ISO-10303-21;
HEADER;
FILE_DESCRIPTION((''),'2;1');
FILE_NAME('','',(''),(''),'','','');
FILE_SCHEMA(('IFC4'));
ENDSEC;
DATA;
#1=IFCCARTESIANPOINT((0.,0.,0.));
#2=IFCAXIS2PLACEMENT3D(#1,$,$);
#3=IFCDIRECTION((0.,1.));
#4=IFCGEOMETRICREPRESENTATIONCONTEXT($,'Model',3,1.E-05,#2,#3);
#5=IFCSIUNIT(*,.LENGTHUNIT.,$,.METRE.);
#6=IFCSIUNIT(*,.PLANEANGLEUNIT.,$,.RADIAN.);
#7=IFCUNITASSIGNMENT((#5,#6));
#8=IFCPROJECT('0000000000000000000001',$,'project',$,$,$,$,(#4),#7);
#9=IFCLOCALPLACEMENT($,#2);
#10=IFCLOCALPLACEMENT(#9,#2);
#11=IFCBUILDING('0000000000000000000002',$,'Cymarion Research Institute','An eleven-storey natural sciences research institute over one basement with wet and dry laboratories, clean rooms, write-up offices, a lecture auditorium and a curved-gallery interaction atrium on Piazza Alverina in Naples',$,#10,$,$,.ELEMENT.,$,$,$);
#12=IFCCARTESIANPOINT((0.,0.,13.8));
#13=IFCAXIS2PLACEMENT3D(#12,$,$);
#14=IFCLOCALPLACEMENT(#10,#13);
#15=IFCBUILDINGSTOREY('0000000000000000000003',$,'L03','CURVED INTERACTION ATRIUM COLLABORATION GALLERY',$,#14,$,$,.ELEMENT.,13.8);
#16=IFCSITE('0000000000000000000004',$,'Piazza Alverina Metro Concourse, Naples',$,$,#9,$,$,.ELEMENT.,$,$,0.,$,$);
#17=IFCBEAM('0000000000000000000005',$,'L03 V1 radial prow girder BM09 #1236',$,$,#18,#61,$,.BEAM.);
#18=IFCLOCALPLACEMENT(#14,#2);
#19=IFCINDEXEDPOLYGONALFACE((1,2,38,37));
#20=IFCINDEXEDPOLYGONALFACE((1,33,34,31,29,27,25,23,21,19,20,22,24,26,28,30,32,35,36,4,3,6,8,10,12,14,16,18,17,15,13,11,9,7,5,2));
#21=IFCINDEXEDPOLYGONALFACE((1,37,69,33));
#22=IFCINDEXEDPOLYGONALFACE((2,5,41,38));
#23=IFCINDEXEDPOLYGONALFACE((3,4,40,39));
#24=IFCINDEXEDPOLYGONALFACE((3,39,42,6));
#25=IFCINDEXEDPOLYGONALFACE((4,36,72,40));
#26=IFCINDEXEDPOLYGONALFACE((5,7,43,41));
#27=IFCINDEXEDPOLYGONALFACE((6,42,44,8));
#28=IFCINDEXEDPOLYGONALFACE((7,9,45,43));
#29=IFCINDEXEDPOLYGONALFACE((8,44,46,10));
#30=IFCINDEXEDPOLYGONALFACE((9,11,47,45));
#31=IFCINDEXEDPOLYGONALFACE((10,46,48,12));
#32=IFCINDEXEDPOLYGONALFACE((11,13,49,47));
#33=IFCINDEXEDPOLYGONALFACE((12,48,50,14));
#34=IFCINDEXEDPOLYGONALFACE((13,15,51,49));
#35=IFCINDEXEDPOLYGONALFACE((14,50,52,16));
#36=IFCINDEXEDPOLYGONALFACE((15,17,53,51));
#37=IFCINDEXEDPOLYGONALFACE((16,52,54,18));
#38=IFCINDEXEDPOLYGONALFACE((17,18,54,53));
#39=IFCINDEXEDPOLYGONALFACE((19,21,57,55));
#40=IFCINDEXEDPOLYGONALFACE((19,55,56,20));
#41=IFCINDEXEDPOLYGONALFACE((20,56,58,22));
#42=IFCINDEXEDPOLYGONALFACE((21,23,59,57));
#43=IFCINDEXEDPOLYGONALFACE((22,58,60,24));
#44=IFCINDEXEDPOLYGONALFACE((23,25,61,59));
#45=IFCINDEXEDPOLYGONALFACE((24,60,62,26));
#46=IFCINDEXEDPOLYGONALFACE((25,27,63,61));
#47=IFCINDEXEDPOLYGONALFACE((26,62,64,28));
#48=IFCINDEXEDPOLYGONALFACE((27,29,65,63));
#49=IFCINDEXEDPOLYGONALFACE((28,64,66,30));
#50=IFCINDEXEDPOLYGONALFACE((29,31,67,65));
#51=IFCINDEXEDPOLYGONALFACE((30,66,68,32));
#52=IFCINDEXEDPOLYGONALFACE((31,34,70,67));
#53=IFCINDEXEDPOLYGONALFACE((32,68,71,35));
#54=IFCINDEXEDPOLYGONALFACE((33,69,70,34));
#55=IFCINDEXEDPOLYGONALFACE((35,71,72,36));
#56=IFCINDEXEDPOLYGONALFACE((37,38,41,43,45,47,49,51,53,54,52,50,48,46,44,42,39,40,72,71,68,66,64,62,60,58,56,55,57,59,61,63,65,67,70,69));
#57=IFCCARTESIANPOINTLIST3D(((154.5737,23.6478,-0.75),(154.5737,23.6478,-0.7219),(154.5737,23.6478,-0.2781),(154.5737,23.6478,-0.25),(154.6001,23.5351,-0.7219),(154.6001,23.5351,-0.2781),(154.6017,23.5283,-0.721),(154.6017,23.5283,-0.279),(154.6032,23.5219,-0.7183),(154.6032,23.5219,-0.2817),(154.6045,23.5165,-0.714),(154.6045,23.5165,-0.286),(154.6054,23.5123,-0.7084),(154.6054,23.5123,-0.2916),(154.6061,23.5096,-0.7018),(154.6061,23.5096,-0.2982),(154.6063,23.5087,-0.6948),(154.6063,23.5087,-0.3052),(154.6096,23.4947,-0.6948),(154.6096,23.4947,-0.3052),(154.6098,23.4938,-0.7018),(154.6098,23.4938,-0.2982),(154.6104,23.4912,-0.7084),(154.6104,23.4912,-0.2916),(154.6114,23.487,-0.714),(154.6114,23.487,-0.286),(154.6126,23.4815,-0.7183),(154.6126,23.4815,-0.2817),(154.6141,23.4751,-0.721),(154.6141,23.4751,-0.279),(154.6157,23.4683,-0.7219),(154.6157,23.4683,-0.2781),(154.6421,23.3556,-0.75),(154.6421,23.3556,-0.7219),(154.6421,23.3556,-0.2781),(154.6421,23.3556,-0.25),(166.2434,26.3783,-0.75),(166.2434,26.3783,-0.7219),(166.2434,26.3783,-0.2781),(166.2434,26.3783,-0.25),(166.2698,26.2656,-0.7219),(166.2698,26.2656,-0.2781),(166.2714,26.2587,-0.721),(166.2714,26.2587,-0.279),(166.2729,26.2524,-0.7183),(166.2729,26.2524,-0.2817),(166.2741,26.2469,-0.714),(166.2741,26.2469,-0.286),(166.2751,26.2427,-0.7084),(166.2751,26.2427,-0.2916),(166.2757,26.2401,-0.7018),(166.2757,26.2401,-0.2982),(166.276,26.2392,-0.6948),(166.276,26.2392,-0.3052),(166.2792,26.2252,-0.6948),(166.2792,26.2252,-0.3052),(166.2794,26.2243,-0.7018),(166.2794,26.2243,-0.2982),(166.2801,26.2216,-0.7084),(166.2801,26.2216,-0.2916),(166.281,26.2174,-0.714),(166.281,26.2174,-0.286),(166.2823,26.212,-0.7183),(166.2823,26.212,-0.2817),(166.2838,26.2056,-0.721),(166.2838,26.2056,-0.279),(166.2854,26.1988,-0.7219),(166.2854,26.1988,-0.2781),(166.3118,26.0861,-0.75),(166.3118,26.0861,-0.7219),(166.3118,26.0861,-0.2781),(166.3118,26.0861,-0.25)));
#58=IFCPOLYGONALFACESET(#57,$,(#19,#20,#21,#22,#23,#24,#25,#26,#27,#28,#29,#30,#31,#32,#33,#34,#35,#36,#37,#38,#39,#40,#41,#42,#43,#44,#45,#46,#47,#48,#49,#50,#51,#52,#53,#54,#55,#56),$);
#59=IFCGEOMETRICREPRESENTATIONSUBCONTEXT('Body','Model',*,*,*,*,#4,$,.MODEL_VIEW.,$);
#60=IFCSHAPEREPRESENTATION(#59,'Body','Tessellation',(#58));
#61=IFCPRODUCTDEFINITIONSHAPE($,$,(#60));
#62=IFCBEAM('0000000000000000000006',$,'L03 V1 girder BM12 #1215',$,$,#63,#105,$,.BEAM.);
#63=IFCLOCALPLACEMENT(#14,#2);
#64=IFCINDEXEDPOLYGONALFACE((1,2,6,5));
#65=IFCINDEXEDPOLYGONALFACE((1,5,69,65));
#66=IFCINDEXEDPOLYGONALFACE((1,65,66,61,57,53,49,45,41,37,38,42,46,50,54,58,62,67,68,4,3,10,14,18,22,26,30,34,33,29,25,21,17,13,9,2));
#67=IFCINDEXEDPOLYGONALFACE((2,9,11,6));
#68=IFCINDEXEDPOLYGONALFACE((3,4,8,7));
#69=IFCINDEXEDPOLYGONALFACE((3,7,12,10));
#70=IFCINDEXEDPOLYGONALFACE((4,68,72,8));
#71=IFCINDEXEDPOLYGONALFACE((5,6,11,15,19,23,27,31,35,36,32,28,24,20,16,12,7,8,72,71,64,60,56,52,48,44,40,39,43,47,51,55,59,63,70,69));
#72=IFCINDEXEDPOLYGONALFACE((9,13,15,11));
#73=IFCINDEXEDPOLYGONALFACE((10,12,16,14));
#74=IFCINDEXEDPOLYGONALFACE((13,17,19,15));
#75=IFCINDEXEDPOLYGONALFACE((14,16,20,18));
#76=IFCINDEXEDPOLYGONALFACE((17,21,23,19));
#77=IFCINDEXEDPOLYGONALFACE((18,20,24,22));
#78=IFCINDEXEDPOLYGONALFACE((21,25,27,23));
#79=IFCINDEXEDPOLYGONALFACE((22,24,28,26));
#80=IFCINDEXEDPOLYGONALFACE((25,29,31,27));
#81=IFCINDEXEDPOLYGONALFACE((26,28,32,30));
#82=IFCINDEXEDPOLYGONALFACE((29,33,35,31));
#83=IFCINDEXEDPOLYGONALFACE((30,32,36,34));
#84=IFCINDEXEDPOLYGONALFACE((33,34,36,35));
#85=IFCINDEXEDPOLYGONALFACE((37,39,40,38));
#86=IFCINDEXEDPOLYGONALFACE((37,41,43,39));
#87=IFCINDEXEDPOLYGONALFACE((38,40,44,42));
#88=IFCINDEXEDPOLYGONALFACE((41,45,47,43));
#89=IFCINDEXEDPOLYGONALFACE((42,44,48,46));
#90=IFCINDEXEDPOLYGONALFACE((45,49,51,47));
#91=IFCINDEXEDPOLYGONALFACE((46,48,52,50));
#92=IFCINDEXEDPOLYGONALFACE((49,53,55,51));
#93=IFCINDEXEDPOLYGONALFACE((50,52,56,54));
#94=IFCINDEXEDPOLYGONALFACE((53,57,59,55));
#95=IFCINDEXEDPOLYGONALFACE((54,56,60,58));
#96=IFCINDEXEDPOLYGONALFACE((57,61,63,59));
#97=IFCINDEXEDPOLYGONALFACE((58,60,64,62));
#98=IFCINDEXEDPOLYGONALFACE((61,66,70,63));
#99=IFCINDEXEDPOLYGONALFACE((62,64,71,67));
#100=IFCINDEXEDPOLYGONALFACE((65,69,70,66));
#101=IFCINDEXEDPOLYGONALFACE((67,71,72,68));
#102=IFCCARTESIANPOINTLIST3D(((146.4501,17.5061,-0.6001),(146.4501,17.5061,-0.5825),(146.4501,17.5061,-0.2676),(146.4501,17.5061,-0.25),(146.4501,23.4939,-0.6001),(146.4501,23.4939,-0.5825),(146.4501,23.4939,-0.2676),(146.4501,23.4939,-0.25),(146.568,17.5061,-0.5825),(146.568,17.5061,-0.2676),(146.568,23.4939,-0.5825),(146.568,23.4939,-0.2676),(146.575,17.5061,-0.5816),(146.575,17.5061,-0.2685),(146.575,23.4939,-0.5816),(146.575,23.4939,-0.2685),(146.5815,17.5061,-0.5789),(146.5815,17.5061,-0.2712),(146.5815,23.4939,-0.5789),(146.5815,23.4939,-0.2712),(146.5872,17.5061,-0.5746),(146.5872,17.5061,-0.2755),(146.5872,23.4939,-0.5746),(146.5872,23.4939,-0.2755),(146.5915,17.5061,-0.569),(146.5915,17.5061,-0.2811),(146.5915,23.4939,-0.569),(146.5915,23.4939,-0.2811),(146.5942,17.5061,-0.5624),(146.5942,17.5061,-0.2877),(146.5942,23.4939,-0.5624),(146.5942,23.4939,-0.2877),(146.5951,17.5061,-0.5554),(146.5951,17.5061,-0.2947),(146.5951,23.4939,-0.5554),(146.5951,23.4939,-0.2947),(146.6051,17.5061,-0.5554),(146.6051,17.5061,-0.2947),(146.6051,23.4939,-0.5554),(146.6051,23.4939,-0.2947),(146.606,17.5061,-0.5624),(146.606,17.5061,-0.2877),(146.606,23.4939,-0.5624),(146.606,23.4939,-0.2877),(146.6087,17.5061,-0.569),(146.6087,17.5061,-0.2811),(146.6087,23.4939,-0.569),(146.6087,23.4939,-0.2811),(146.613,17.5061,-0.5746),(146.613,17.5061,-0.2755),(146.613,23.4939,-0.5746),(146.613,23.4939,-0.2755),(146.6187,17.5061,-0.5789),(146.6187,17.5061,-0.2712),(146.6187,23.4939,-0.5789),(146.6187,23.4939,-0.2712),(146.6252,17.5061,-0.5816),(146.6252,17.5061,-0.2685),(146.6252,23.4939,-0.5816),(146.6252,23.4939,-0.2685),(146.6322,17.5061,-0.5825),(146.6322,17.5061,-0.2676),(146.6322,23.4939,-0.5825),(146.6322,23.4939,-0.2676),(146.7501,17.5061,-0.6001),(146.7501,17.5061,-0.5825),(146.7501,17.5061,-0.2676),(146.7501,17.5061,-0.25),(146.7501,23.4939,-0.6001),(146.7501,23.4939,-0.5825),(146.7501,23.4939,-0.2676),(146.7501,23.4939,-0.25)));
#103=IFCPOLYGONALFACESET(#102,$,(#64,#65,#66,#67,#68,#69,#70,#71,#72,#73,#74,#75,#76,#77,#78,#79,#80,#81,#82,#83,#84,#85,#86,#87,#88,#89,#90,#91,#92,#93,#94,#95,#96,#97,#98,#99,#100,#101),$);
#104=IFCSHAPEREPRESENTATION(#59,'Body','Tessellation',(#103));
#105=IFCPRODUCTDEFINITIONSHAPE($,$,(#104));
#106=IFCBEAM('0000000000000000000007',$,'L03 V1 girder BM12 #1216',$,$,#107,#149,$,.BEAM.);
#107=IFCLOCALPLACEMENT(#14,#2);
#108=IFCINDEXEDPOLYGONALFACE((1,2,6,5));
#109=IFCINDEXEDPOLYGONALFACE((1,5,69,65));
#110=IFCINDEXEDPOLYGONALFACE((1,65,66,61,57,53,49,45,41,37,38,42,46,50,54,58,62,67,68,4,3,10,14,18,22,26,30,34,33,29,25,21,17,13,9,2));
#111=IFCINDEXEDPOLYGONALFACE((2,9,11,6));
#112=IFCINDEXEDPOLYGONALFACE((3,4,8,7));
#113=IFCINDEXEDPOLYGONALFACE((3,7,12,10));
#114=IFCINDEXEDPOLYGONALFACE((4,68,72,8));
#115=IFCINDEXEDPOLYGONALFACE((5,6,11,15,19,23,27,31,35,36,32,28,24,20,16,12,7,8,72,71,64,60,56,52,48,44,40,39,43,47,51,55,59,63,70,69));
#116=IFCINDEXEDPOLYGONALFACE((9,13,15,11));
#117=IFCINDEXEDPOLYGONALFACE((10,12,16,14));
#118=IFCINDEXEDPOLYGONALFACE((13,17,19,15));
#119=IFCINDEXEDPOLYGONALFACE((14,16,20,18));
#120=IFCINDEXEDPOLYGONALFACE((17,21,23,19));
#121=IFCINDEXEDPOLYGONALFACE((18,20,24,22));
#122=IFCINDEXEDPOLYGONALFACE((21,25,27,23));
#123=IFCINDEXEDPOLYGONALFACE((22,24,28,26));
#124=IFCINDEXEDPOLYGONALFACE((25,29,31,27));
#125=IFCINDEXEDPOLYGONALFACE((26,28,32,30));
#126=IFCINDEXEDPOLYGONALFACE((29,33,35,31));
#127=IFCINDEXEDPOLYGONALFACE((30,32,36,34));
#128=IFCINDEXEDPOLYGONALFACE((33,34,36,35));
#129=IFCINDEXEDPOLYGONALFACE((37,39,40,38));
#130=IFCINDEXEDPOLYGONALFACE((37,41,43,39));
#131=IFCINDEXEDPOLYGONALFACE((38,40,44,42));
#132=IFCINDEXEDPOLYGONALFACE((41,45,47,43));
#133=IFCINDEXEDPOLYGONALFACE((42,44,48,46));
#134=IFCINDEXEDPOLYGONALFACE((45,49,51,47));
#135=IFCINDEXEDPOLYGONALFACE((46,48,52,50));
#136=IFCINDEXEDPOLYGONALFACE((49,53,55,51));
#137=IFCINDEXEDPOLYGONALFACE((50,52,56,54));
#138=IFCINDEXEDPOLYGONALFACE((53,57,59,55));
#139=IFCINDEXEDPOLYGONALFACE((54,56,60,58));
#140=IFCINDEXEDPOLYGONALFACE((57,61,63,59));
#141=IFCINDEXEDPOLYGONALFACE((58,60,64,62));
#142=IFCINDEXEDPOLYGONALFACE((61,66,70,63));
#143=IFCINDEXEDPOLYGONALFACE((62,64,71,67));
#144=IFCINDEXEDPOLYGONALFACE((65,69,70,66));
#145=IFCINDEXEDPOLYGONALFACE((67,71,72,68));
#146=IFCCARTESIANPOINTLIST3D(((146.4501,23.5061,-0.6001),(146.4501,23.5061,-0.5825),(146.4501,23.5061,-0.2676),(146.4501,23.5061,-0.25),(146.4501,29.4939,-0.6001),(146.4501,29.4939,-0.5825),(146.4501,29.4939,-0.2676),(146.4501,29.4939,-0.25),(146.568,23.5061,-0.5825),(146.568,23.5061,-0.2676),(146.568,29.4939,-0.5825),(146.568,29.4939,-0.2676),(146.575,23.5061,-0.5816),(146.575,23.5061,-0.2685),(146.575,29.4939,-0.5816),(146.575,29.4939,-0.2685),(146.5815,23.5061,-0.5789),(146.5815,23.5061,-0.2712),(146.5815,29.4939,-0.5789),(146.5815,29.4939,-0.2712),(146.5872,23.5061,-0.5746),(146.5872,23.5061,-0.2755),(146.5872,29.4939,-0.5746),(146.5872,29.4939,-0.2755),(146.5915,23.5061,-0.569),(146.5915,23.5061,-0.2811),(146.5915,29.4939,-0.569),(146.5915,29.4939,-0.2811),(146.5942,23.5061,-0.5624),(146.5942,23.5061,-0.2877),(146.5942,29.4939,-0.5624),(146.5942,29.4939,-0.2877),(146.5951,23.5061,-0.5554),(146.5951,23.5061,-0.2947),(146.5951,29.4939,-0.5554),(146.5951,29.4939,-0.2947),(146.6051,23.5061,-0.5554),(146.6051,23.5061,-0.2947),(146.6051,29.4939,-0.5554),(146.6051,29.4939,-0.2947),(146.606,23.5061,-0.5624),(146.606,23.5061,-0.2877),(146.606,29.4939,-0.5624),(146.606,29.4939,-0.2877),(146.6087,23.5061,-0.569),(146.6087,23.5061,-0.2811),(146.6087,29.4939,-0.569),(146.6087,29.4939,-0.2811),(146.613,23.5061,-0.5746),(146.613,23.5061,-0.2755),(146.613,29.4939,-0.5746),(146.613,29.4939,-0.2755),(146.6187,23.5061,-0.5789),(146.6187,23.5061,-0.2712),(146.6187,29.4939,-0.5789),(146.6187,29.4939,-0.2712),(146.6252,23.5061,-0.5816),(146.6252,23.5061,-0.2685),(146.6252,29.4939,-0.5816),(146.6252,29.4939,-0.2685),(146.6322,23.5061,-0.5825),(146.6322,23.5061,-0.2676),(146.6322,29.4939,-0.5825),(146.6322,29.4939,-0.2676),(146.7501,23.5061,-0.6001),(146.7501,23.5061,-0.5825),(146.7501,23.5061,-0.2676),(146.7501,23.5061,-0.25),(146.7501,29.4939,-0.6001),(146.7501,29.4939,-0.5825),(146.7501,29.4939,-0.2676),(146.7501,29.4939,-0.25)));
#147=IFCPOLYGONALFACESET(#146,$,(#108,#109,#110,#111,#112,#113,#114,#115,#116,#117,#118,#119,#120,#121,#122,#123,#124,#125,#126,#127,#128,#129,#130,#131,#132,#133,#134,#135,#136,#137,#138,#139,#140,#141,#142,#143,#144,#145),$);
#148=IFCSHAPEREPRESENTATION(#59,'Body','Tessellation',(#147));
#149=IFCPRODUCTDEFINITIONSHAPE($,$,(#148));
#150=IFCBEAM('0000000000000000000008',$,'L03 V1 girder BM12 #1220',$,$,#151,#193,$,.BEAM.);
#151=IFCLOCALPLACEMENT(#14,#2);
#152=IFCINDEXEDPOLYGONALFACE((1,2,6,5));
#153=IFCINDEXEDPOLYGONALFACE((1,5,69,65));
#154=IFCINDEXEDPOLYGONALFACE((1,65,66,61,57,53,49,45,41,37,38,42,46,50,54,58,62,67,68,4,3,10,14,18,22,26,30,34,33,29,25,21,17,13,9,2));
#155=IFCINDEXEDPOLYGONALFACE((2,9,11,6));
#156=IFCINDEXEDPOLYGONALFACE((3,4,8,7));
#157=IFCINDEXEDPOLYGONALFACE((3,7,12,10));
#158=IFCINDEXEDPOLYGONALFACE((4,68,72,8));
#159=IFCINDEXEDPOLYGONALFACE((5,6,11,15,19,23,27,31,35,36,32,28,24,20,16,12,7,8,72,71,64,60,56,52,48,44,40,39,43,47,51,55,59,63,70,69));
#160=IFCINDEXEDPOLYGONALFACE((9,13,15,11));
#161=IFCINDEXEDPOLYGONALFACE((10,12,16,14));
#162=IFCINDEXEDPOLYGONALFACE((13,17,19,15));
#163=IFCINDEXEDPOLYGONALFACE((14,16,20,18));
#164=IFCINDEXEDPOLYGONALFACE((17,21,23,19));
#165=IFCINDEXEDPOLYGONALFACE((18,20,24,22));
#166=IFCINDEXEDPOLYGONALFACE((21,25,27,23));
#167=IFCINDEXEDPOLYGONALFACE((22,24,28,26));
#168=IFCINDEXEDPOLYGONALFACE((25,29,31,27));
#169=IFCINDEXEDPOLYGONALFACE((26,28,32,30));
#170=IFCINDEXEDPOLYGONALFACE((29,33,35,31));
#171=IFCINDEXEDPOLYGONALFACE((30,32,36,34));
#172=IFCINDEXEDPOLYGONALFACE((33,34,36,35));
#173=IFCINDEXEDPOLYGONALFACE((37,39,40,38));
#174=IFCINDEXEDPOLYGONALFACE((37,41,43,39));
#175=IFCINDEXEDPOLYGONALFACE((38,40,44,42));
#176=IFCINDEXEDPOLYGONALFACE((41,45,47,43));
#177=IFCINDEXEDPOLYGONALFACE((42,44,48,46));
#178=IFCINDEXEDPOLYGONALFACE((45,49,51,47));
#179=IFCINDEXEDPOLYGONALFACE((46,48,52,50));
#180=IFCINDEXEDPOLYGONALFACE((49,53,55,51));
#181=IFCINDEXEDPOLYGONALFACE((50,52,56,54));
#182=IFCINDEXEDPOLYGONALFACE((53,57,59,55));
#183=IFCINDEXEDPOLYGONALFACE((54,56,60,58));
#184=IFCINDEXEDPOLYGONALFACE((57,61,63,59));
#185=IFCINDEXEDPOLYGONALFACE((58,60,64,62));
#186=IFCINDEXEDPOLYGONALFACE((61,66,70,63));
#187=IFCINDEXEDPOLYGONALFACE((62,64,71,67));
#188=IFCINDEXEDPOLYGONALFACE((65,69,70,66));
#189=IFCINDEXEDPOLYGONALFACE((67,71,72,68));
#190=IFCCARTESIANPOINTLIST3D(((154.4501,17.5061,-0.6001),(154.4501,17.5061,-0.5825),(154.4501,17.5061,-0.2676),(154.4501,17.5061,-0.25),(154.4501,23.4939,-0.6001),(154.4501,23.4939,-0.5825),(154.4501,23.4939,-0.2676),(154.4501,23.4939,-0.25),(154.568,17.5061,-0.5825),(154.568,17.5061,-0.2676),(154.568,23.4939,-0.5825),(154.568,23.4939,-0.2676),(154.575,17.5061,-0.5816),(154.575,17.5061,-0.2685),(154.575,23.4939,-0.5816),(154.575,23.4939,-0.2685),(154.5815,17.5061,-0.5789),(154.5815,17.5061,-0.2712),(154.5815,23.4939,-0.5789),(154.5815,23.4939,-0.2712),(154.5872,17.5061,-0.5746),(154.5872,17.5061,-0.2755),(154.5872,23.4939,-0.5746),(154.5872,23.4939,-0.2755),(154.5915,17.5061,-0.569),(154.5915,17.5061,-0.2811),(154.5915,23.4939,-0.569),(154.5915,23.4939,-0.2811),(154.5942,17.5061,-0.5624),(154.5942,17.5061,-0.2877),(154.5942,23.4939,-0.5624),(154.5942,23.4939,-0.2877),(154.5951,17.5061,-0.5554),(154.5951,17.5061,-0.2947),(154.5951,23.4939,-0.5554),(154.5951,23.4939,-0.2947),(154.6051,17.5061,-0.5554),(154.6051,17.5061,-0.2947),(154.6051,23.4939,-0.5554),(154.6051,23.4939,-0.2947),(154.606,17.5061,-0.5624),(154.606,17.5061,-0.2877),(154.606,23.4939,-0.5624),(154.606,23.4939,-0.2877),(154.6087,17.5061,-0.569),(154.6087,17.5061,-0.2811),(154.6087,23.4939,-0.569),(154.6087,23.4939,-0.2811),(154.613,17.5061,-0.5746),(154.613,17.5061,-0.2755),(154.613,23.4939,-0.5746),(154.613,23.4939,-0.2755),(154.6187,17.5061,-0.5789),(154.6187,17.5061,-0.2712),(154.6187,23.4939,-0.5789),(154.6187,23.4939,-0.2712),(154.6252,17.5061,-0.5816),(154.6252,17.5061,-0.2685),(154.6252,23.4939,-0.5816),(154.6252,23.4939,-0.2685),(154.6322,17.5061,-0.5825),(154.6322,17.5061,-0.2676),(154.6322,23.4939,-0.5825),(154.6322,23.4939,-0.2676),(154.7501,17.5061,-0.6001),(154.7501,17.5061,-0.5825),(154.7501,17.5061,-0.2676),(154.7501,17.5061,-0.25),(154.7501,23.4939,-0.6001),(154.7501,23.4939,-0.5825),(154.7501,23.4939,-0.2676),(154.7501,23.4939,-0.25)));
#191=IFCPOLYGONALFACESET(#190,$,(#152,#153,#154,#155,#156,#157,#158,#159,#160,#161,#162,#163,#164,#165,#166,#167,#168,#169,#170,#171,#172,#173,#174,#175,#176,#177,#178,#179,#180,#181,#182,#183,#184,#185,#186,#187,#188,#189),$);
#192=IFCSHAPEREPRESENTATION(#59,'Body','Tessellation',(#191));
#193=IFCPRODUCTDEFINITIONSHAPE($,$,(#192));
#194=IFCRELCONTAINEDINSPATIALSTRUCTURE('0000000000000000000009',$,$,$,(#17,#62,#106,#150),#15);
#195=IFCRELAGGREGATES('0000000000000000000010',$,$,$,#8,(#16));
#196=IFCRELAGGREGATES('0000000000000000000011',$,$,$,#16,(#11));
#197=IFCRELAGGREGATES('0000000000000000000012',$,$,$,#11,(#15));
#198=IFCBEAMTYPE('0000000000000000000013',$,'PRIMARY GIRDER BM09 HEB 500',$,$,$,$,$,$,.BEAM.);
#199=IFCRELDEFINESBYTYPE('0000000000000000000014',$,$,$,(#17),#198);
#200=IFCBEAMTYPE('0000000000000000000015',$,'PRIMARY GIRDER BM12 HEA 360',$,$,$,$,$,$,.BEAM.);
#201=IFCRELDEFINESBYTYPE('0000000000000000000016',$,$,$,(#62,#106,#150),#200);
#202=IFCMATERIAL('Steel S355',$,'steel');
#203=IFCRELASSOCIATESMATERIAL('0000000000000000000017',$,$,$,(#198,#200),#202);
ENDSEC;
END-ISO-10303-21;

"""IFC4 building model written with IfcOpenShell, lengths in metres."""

from ifc_helpers import new_model, si_unit, direction, frame, origin, origin_2d, place, context, subcontext, project, spatial, i_section, extrude, material, material_profile, profile_set, type_object, element, save


model = new_model("IFC4")

# Units and contexts
model_context = context("Model", 3, precision=1e-05, world=origin(), true_north=direction((0.0, 1.0)))
body_context = subcontext(model_context, "Body", "Model", "MODEL_VIEW")
ifc_project = project(units=[si_unit("LENGTHUNIT", "METRE"), si_unit("PLANEANGLEUNIT", "RADIAN")], contexts=[model_context])

# Site, building, storey
site_placement = place(None, origin())
site = spatial("IfcSite", under=ifc_project, at=site_placement, Name="Piazza Alverina Metro Concourse, Naples", CompositionType="ELEMENT", RefElevation=0.0)
building_placement = place(site_placement, origin())
building = spatial("IfcBuilding", under=site, at=building_placement, Name="Cymarion Research Institute", Description="An eleven-storey natural sciences research institute over one basement with wet and dry laboratories, clean rooms, write-up offices, a lecture auditorium and a curved-gallery interaction atrium on Piazza Alverina in Naples", CompositionType="ELEMENT")
storey_placement = place(building_placement, frame((0.0, 0.0, 13.8)))
storey = spatial("IfcBuildingStorey", under=building, at=storey_placement, Name="L03", Description="CURVED INTERACTION ATRIUM COLLABORATION GALLERY", CompositionType="ELEMENT", Elevation=13.8)

# Shared definitions
ifc_material_1 = material(Name="Steel S355", Category="steel")

# Beams
ifc_material_profile_1 = material_profile(ifc_material_1, i_section(OverallWidth=0.3, OverallDepth=0.5, WebThickness=0.0144, FlangeThickness=0.0281, FilletRadius=0.0271, at=origin_2d()), Name="HEB 500")
ifc_profile_set_1 = profile_set([ifc_material_profile_1], Name="Steel S355")
beam_type_1 = type_object("IfcBeamType", Name="PRIMARY GIRDER BM09 HEB 500", PredefinedType="BEAM", material=ifc_profile_set_1)
beam_1_placement = place(storey_placement, frame((154.6079, 23.5017, -0.5), z_axis=(0.973702, 0.227827, 0.0), x_axis=(-0.227827, 0.973702, 0.0)))
element("IfcBeam", 1, at=beam_1_placement, inside=storey, type_object=beam_type_1, Name="L03 V1 radial prow girder BM09 #1236", PredefinedType="BEAM", context=body_context, shape_type="SweptSolid", body=[
    extrude(i_section(OverallWidth=0.3, OverallDepth=0.5, WebThickness=0.0144, FlangeThickness=0.0281, FilletRadius=0.0271, at=origin_2d()), origin(), (0.0, 0.0, 1.0), 11.9849),
])
ifc_material_profile_2 = material_profile(ifc_material_1, i_section(OverallWidth=0.3, OverallDepth=0.3501, WebThickness=0.01, FlangeThickness=0.0176, FilletRadius=0.0271, at=origin_2d()), Name="HEA 360")
ifc_profile_set_2 = profile_set([ifc_material_profile_2], Name="Steel S355")
beam_type_2 = type_object("IfcBeamType", Name="PRIMARY GIRDER BM12 HEA 360", PredefinedType="BEAM", material=ifc_profile_set_2)
for number, where, z_axis, x_axis, name in (
    (2, (146.6001, 17.5061, -0.425), (0.0, 1.0, 0.0), (-1.0, 0.0, 0.0), "L03 V1 girder BM12 #1215"),
    (3, (146.6001, 23.5061, -0.425), (0.0, 1.0, 0.0), (-1.0, 0.0, 0.0), "L03 V1 girder BM12 #1216"),
    (4, (154.6001, 17.5061, -0.425), (0.0, 1.0, 0.0), (-1.0, 0.0, 0.0), "L03 V1 girder BM12 #1220"),
):
    element("IfcBeam", number, at=place(storey_placement, frame(where, z_axis=z_axis, x_axis=x_axis)), inside=storey, type_object=beam_type_2, Name=name, PredefinedType="BEAM", context=body_context, shape_type="SweptSolid", body=[
        extrude(i_section(OverallWidth=0.3, OverallDepth=0.3501, WebThickness=0.01, FlangeThickness=0.0176, FilletRadius=0.0271, at=origin_2d()), origin(), (0.0, 0.0, 1.0), 5.9878),
    ])

save(model, "model.ifc")
